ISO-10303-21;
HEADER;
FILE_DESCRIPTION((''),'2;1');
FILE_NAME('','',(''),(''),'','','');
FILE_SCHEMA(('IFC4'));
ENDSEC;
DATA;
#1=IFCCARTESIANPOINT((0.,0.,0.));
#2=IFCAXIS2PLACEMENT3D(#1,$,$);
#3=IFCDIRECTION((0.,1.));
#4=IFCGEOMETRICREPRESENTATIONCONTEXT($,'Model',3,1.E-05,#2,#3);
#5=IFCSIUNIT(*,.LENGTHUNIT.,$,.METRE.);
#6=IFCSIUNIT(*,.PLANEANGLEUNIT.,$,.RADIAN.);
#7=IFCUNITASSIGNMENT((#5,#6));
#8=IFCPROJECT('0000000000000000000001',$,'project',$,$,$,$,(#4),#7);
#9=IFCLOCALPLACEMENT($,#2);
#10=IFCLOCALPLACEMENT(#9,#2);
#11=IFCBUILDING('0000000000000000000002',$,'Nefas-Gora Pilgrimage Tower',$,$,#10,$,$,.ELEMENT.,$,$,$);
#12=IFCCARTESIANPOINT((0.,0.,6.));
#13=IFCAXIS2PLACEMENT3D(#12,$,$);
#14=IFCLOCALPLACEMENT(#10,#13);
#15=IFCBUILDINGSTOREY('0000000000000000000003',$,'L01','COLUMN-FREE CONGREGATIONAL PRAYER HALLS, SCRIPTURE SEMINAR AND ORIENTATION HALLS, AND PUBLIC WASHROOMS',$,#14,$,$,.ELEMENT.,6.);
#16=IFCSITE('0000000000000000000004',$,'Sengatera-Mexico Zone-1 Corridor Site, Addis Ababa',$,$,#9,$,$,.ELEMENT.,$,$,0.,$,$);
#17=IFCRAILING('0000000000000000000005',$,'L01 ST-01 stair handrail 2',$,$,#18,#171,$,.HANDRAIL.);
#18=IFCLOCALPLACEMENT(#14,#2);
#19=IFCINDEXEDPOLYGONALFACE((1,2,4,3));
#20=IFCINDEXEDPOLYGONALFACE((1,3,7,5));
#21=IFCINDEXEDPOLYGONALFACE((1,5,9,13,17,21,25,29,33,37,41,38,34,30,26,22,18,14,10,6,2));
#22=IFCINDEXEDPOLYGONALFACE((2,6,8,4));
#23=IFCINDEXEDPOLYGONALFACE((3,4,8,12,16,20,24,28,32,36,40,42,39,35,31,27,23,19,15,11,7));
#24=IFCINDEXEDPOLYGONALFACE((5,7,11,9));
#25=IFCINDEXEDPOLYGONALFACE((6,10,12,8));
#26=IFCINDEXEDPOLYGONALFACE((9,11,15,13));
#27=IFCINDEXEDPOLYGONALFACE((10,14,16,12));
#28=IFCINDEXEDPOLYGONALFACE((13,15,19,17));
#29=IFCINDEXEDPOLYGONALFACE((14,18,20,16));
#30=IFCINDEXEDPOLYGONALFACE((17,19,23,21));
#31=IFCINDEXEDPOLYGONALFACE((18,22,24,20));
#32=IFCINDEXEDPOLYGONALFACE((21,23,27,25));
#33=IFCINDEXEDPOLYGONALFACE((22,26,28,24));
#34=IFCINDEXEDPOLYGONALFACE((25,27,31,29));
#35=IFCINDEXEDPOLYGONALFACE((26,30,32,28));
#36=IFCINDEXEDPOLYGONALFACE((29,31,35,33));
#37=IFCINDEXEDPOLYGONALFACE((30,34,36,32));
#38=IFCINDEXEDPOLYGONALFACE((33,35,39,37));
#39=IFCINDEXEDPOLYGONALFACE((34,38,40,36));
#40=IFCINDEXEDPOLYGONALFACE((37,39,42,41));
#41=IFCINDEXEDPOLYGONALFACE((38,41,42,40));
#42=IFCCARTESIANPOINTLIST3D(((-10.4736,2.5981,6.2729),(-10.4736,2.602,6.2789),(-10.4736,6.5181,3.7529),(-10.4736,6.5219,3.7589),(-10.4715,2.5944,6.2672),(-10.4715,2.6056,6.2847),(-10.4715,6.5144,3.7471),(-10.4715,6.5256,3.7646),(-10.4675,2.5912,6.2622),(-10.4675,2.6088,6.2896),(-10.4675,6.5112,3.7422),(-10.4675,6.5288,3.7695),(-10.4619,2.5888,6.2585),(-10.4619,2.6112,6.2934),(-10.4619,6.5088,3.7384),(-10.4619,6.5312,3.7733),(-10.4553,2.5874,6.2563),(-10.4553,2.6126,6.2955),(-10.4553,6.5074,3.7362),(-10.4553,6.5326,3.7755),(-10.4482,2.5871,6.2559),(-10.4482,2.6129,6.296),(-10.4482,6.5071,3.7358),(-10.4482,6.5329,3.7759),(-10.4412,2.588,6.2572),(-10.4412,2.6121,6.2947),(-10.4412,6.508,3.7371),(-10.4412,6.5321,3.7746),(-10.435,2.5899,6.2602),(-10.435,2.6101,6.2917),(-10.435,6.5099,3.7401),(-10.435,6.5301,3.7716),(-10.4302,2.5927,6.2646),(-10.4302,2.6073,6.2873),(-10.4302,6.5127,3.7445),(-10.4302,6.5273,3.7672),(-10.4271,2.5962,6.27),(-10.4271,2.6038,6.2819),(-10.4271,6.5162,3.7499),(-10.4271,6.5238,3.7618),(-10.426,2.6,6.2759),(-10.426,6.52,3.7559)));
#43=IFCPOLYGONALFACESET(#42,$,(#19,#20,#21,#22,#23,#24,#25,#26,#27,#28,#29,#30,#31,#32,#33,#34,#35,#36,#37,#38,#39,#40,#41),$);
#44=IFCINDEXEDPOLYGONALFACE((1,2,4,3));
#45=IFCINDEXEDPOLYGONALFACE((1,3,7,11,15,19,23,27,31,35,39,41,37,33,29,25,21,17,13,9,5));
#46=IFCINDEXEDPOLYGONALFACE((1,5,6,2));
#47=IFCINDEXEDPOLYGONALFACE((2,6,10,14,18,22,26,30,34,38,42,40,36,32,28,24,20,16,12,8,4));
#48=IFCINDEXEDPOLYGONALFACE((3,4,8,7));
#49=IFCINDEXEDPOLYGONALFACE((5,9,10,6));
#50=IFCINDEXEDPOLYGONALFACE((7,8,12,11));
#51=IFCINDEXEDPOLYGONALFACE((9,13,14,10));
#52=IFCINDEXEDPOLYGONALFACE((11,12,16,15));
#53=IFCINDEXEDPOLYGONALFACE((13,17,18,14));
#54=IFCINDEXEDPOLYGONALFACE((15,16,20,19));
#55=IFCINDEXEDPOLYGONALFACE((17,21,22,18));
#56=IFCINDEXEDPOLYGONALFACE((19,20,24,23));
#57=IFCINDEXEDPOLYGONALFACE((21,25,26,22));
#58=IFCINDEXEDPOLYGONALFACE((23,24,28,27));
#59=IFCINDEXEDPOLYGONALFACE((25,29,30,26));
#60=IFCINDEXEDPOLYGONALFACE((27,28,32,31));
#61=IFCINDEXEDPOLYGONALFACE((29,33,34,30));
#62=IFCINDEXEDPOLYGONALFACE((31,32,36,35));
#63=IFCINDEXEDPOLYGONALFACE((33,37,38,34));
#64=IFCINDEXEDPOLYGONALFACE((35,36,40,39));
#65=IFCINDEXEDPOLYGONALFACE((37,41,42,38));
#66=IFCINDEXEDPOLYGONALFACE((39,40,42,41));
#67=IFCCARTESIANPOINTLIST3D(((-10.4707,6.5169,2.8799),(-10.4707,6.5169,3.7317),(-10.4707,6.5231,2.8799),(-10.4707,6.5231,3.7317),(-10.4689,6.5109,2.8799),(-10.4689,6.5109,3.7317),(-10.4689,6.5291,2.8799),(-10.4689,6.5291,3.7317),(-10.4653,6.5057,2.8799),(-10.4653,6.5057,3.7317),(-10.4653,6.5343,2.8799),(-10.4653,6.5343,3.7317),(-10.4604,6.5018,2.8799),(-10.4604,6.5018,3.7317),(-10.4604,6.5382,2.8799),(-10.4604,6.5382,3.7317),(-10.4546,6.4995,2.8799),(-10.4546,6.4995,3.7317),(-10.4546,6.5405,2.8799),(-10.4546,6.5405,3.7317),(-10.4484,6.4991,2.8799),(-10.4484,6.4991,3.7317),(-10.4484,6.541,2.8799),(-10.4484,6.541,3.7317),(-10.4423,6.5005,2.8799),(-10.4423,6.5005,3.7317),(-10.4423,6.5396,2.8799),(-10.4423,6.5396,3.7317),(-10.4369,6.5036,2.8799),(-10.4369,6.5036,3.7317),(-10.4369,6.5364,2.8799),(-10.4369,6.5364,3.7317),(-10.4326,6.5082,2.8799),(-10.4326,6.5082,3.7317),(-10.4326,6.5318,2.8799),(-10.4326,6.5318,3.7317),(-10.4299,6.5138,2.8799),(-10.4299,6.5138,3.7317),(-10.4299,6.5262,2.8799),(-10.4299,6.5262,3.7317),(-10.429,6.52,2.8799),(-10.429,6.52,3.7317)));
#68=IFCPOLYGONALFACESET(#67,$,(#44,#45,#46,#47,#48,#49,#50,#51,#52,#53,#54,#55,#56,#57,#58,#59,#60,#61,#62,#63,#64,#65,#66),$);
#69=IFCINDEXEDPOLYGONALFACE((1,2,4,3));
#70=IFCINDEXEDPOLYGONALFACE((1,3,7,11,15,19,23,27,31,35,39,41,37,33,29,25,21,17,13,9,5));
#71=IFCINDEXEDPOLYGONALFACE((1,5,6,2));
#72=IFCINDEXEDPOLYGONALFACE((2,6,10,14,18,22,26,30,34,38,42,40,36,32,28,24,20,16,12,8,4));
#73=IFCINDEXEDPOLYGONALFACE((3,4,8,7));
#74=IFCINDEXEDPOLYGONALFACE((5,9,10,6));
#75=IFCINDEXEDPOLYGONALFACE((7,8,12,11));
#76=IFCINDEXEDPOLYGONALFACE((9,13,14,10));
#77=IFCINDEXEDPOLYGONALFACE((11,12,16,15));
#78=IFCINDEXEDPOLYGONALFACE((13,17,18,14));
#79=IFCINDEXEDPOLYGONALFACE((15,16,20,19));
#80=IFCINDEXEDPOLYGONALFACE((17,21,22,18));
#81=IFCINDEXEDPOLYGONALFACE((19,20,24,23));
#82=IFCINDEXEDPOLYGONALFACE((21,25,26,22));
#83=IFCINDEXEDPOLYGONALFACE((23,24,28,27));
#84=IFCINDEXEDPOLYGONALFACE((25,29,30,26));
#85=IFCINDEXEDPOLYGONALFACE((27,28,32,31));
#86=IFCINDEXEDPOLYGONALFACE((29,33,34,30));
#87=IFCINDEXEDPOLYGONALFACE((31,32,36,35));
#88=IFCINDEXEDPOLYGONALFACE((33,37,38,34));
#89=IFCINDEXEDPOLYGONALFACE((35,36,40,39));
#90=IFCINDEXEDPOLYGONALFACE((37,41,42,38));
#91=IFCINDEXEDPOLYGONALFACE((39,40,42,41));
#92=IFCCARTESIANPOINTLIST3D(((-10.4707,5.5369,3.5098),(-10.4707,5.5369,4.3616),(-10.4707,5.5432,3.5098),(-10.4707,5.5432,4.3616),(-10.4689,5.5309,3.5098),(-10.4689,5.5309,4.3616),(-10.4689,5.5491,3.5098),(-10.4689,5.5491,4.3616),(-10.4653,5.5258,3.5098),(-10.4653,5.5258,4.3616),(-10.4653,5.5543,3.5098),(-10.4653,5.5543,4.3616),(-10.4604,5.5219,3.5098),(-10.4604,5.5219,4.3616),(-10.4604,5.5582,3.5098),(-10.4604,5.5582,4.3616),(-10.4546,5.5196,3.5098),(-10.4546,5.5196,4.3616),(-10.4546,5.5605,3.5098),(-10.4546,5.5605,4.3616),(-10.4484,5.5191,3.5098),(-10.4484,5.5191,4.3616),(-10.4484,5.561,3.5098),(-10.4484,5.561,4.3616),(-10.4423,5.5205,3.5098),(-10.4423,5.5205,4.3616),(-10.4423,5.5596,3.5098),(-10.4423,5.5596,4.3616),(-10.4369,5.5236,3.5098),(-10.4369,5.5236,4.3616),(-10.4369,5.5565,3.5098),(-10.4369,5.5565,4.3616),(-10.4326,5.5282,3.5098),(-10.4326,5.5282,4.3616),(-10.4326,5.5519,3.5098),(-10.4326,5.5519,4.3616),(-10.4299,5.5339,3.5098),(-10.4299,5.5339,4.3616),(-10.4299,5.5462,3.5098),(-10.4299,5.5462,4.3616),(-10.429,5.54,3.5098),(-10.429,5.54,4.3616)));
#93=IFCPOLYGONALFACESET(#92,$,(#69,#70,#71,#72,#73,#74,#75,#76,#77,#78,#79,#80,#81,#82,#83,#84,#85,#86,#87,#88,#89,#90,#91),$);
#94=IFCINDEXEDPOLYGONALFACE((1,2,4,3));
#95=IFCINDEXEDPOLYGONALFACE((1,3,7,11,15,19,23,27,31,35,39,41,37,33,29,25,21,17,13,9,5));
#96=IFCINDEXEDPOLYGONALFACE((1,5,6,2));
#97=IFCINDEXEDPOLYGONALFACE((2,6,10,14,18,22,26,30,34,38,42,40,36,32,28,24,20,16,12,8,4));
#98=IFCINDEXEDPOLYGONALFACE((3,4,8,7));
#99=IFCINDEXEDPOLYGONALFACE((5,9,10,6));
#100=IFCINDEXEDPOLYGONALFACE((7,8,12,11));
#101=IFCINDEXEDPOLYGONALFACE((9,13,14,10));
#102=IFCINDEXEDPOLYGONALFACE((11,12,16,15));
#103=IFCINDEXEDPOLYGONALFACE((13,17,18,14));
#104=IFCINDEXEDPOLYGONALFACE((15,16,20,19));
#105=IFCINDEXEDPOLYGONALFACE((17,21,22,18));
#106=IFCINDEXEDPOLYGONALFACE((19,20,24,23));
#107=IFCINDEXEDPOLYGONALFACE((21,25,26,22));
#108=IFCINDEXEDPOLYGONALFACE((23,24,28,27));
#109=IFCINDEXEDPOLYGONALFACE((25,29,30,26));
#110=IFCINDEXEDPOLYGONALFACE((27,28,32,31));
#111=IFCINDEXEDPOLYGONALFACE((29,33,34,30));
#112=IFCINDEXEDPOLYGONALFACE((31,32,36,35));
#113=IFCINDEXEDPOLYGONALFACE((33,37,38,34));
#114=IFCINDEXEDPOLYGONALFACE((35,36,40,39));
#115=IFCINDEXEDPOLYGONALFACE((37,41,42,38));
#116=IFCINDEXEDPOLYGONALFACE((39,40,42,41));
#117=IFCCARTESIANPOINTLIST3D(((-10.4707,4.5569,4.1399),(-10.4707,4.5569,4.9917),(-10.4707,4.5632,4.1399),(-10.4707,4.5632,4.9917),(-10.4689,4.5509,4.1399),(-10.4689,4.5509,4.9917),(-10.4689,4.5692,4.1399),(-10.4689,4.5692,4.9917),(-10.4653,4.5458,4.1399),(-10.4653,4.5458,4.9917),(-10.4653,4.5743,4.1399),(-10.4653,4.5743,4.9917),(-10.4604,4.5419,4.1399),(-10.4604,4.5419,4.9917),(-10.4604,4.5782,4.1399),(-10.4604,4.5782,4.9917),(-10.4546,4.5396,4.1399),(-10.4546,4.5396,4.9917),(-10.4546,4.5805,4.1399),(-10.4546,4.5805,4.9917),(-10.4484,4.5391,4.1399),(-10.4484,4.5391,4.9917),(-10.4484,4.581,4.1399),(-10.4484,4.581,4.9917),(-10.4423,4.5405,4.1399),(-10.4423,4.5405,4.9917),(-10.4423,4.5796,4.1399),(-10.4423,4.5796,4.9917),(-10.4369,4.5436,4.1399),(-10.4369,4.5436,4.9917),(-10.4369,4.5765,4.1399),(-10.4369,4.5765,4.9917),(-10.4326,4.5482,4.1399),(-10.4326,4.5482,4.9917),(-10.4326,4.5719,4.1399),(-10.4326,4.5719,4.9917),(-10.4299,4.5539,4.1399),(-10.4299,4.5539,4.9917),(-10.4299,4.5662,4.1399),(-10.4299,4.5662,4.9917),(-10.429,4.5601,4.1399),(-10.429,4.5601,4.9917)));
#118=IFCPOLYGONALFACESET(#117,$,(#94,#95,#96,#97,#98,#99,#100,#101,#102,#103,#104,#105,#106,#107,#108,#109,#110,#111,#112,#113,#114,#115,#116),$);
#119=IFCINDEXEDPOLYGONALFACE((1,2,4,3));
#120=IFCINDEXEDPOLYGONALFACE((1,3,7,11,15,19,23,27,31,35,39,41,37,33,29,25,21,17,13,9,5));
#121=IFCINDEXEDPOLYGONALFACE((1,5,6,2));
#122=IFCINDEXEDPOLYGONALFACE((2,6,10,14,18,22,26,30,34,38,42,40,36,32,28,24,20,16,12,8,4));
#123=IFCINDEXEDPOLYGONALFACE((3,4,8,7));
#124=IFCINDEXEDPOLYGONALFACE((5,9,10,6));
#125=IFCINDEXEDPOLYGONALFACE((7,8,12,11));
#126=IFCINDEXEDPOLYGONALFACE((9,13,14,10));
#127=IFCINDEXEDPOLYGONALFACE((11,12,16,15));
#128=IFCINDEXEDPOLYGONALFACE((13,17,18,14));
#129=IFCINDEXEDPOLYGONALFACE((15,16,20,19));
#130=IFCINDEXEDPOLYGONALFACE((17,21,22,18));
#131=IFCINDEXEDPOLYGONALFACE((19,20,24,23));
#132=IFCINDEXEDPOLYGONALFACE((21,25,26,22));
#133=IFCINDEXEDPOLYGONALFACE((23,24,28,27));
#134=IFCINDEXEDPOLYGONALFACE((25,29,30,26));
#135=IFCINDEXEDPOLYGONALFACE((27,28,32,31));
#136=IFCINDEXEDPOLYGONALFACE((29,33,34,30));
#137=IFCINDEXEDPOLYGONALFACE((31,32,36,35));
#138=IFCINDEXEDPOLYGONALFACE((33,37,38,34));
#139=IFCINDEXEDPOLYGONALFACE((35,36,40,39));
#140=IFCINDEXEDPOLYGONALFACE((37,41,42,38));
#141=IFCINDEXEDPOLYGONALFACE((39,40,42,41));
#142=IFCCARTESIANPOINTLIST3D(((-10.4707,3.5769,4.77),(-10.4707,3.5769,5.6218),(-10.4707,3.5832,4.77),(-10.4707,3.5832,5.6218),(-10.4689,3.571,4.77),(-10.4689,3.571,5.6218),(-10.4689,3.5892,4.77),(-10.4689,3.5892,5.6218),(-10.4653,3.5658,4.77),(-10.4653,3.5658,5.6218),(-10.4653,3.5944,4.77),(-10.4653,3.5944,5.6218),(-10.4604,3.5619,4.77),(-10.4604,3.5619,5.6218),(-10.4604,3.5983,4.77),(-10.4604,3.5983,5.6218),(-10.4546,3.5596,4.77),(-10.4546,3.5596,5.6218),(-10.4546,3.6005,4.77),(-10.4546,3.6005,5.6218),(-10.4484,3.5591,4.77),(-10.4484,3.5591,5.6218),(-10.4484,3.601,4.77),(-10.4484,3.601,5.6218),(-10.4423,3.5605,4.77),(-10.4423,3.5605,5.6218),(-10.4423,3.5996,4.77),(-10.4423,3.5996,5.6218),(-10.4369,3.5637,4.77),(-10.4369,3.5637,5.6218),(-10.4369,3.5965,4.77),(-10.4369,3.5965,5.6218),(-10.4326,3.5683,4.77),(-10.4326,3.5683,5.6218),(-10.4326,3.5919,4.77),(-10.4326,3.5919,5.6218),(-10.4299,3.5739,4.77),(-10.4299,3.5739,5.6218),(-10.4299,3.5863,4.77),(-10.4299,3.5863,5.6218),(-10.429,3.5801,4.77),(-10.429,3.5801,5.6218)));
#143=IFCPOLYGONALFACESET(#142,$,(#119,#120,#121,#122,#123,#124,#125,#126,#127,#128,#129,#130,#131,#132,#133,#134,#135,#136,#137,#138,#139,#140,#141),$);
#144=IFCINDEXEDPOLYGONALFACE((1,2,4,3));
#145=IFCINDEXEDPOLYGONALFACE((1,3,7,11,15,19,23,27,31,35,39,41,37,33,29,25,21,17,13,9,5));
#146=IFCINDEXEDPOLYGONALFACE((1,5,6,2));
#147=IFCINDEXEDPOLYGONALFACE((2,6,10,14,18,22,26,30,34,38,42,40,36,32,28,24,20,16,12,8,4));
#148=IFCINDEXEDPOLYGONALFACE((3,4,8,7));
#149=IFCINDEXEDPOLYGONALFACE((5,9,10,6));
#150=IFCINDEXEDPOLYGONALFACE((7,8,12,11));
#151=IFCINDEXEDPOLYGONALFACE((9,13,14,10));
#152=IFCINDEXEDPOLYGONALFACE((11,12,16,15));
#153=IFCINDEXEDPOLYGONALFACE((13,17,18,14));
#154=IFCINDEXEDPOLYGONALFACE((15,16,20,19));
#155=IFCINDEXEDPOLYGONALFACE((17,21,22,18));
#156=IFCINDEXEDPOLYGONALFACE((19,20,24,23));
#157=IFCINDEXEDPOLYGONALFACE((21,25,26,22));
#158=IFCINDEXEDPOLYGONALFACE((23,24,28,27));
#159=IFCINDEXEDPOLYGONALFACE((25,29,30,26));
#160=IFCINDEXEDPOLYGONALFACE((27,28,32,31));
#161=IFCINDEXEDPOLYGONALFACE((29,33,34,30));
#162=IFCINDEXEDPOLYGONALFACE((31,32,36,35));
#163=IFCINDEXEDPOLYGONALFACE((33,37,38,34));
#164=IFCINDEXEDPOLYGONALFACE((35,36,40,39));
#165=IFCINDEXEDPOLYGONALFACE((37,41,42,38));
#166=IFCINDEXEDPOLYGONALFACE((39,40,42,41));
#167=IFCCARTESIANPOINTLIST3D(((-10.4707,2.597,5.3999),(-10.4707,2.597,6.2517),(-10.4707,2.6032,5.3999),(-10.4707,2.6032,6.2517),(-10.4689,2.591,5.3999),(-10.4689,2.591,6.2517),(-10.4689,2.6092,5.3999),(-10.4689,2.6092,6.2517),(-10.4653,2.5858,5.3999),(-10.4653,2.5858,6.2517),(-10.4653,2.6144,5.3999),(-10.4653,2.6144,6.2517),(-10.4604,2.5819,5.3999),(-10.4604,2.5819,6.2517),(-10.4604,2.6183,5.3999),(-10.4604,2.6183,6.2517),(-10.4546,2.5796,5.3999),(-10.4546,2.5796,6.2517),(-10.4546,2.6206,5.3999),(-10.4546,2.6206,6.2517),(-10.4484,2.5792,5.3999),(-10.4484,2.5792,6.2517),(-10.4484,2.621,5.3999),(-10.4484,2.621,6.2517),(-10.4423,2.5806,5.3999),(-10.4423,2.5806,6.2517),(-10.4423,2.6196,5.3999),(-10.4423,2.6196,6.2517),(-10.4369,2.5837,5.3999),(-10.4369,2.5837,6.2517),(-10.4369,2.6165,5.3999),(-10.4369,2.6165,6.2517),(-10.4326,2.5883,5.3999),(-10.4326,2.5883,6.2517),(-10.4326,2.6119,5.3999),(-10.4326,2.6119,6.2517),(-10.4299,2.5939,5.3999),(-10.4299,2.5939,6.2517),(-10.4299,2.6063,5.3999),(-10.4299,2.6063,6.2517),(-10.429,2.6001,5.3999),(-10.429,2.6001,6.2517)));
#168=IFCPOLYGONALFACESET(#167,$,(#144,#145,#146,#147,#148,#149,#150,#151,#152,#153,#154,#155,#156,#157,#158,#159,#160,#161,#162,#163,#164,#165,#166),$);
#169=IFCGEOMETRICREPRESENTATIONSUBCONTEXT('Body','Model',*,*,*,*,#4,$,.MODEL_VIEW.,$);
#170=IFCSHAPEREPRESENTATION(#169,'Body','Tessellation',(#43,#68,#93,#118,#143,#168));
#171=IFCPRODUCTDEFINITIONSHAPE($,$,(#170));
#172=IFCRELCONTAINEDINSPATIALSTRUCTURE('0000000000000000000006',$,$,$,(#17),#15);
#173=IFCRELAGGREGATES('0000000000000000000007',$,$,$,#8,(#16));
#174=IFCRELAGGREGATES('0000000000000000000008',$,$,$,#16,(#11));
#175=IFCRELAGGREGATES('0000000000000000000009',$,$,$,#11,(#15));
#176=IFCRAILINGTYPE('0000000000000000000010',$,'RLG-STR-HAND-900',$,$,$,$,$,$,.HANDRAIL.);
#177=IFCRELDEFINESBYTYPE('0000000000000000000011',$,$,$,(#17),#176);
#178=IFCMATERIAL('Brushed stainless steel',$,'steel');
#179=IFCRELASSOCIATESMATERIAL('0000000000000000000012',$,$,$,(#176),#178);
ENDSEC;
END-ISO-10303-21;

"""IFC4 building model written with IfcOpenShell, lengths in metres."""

from ifc_helpers import new_model, si_unit, direction, frame, origin, origin_2d, place, context, subcontext, project, spatial, circle, extrude, material, type_object, element, save


model = new_model("IFC4")

# Units and contexts
model_context = context("Model", 3, precision=1e-05, world=origin(), true_north=direction((0.0, 1.0)))
body_context = subcontext(model_context, "Body", "Model", "MODEL_VIEW")
ifc_project = project(units=[si_unit("LENGTHUNIT", "METRE"), si_unit("PLANEANGLEUNIT", "RADIAN")], contexts=[model_context])

# Site, building, storey
site_placement = place(None, origin())
site = spatial("IfcSite", under=ifc_project, at=site_placement, Name="Sengatera-Mexico Zone-1 Corridor Site, Addis Ababa", CompositionType="ELEMENT", RefElevation=0.0)
building_placement = place(site_placement, origin())
building = spatial("IfcBuilding", under=site, at=building_placement, Name="Nefas-Gora Pilgrimage Tower", CompositionType="ELEMENT")
storey_placement = place(building_placement, frame((0.0, 0.0, 6.0)))
storey = spatial("IfcBuildingStorey", under=building, at=storey_placement, Name="L01", Description="COLUMN-FREE CONGREGATIONAL PRAYER HALLS, SCRIPTURE SEMINAR AND ORIENTATION HALLS, AND PUBLIC WASHROOMS", CompositionType="ELEMENT", Elevation=6.0)

# Railing
ifc_material_1 = material(Name="Brushed stainless steel", Category="steel")
railing_type_1 = type_object("IfcRailingType", Name="RLG-STR-HAND-900", PredefinedType="HANDRAIL", material=ifc_material_1)
railing_1_placement = place(storey_placement, frame((-10.45, 6.52, 2.8799)))
element("IfcRailing", 1, at=railing_1_placement, inside=storey, type_object=railing_type_1, Name="L01 ST-01 stair handrail 2", PredefinedType="HANDRAIL", context=body_context, shape_type="SweptSolid", body=[
    extrude(circle(Radius=0.0239, at=origin_2d()), frame((0.0, 0.0, 0.876), z_axis=(0.0, -0.841172, 0.540768), x_axis=(1.0, 0.0, 0.0)), (0.0, 0.0, 1.0), 4.6602),
    extrude(circle(Radius=0.021, at=origin_2d()), origin(), (0.0, 0.0, 1.0), 0.8518),
    extrude(circle(Radius=0.021, at=origin_2d()), frame((0.0, -0.98, 0.6299)), (0.0, 0.0, 1.0), 0.8518),
    extrude(circle(Radius=0.021, at=origin_2d()), frame((0.0, -1.96, 1.26)), (0.0, 0.0, 1.0), 0.8518),
    extrude(circle(Radius=0.021, at=origin_2d()), frame((0.0, -2.9399, 1.8901)), (0.0, 0.0, 1.0), 0.8518),
    extrude(circle(Radius=0.021, at=origin_2d()), frame((0.0, -3.9199, 2.52)), (0.0, 0.0, 1.0), 0.8518),
])

save(model, "model.ifc")
